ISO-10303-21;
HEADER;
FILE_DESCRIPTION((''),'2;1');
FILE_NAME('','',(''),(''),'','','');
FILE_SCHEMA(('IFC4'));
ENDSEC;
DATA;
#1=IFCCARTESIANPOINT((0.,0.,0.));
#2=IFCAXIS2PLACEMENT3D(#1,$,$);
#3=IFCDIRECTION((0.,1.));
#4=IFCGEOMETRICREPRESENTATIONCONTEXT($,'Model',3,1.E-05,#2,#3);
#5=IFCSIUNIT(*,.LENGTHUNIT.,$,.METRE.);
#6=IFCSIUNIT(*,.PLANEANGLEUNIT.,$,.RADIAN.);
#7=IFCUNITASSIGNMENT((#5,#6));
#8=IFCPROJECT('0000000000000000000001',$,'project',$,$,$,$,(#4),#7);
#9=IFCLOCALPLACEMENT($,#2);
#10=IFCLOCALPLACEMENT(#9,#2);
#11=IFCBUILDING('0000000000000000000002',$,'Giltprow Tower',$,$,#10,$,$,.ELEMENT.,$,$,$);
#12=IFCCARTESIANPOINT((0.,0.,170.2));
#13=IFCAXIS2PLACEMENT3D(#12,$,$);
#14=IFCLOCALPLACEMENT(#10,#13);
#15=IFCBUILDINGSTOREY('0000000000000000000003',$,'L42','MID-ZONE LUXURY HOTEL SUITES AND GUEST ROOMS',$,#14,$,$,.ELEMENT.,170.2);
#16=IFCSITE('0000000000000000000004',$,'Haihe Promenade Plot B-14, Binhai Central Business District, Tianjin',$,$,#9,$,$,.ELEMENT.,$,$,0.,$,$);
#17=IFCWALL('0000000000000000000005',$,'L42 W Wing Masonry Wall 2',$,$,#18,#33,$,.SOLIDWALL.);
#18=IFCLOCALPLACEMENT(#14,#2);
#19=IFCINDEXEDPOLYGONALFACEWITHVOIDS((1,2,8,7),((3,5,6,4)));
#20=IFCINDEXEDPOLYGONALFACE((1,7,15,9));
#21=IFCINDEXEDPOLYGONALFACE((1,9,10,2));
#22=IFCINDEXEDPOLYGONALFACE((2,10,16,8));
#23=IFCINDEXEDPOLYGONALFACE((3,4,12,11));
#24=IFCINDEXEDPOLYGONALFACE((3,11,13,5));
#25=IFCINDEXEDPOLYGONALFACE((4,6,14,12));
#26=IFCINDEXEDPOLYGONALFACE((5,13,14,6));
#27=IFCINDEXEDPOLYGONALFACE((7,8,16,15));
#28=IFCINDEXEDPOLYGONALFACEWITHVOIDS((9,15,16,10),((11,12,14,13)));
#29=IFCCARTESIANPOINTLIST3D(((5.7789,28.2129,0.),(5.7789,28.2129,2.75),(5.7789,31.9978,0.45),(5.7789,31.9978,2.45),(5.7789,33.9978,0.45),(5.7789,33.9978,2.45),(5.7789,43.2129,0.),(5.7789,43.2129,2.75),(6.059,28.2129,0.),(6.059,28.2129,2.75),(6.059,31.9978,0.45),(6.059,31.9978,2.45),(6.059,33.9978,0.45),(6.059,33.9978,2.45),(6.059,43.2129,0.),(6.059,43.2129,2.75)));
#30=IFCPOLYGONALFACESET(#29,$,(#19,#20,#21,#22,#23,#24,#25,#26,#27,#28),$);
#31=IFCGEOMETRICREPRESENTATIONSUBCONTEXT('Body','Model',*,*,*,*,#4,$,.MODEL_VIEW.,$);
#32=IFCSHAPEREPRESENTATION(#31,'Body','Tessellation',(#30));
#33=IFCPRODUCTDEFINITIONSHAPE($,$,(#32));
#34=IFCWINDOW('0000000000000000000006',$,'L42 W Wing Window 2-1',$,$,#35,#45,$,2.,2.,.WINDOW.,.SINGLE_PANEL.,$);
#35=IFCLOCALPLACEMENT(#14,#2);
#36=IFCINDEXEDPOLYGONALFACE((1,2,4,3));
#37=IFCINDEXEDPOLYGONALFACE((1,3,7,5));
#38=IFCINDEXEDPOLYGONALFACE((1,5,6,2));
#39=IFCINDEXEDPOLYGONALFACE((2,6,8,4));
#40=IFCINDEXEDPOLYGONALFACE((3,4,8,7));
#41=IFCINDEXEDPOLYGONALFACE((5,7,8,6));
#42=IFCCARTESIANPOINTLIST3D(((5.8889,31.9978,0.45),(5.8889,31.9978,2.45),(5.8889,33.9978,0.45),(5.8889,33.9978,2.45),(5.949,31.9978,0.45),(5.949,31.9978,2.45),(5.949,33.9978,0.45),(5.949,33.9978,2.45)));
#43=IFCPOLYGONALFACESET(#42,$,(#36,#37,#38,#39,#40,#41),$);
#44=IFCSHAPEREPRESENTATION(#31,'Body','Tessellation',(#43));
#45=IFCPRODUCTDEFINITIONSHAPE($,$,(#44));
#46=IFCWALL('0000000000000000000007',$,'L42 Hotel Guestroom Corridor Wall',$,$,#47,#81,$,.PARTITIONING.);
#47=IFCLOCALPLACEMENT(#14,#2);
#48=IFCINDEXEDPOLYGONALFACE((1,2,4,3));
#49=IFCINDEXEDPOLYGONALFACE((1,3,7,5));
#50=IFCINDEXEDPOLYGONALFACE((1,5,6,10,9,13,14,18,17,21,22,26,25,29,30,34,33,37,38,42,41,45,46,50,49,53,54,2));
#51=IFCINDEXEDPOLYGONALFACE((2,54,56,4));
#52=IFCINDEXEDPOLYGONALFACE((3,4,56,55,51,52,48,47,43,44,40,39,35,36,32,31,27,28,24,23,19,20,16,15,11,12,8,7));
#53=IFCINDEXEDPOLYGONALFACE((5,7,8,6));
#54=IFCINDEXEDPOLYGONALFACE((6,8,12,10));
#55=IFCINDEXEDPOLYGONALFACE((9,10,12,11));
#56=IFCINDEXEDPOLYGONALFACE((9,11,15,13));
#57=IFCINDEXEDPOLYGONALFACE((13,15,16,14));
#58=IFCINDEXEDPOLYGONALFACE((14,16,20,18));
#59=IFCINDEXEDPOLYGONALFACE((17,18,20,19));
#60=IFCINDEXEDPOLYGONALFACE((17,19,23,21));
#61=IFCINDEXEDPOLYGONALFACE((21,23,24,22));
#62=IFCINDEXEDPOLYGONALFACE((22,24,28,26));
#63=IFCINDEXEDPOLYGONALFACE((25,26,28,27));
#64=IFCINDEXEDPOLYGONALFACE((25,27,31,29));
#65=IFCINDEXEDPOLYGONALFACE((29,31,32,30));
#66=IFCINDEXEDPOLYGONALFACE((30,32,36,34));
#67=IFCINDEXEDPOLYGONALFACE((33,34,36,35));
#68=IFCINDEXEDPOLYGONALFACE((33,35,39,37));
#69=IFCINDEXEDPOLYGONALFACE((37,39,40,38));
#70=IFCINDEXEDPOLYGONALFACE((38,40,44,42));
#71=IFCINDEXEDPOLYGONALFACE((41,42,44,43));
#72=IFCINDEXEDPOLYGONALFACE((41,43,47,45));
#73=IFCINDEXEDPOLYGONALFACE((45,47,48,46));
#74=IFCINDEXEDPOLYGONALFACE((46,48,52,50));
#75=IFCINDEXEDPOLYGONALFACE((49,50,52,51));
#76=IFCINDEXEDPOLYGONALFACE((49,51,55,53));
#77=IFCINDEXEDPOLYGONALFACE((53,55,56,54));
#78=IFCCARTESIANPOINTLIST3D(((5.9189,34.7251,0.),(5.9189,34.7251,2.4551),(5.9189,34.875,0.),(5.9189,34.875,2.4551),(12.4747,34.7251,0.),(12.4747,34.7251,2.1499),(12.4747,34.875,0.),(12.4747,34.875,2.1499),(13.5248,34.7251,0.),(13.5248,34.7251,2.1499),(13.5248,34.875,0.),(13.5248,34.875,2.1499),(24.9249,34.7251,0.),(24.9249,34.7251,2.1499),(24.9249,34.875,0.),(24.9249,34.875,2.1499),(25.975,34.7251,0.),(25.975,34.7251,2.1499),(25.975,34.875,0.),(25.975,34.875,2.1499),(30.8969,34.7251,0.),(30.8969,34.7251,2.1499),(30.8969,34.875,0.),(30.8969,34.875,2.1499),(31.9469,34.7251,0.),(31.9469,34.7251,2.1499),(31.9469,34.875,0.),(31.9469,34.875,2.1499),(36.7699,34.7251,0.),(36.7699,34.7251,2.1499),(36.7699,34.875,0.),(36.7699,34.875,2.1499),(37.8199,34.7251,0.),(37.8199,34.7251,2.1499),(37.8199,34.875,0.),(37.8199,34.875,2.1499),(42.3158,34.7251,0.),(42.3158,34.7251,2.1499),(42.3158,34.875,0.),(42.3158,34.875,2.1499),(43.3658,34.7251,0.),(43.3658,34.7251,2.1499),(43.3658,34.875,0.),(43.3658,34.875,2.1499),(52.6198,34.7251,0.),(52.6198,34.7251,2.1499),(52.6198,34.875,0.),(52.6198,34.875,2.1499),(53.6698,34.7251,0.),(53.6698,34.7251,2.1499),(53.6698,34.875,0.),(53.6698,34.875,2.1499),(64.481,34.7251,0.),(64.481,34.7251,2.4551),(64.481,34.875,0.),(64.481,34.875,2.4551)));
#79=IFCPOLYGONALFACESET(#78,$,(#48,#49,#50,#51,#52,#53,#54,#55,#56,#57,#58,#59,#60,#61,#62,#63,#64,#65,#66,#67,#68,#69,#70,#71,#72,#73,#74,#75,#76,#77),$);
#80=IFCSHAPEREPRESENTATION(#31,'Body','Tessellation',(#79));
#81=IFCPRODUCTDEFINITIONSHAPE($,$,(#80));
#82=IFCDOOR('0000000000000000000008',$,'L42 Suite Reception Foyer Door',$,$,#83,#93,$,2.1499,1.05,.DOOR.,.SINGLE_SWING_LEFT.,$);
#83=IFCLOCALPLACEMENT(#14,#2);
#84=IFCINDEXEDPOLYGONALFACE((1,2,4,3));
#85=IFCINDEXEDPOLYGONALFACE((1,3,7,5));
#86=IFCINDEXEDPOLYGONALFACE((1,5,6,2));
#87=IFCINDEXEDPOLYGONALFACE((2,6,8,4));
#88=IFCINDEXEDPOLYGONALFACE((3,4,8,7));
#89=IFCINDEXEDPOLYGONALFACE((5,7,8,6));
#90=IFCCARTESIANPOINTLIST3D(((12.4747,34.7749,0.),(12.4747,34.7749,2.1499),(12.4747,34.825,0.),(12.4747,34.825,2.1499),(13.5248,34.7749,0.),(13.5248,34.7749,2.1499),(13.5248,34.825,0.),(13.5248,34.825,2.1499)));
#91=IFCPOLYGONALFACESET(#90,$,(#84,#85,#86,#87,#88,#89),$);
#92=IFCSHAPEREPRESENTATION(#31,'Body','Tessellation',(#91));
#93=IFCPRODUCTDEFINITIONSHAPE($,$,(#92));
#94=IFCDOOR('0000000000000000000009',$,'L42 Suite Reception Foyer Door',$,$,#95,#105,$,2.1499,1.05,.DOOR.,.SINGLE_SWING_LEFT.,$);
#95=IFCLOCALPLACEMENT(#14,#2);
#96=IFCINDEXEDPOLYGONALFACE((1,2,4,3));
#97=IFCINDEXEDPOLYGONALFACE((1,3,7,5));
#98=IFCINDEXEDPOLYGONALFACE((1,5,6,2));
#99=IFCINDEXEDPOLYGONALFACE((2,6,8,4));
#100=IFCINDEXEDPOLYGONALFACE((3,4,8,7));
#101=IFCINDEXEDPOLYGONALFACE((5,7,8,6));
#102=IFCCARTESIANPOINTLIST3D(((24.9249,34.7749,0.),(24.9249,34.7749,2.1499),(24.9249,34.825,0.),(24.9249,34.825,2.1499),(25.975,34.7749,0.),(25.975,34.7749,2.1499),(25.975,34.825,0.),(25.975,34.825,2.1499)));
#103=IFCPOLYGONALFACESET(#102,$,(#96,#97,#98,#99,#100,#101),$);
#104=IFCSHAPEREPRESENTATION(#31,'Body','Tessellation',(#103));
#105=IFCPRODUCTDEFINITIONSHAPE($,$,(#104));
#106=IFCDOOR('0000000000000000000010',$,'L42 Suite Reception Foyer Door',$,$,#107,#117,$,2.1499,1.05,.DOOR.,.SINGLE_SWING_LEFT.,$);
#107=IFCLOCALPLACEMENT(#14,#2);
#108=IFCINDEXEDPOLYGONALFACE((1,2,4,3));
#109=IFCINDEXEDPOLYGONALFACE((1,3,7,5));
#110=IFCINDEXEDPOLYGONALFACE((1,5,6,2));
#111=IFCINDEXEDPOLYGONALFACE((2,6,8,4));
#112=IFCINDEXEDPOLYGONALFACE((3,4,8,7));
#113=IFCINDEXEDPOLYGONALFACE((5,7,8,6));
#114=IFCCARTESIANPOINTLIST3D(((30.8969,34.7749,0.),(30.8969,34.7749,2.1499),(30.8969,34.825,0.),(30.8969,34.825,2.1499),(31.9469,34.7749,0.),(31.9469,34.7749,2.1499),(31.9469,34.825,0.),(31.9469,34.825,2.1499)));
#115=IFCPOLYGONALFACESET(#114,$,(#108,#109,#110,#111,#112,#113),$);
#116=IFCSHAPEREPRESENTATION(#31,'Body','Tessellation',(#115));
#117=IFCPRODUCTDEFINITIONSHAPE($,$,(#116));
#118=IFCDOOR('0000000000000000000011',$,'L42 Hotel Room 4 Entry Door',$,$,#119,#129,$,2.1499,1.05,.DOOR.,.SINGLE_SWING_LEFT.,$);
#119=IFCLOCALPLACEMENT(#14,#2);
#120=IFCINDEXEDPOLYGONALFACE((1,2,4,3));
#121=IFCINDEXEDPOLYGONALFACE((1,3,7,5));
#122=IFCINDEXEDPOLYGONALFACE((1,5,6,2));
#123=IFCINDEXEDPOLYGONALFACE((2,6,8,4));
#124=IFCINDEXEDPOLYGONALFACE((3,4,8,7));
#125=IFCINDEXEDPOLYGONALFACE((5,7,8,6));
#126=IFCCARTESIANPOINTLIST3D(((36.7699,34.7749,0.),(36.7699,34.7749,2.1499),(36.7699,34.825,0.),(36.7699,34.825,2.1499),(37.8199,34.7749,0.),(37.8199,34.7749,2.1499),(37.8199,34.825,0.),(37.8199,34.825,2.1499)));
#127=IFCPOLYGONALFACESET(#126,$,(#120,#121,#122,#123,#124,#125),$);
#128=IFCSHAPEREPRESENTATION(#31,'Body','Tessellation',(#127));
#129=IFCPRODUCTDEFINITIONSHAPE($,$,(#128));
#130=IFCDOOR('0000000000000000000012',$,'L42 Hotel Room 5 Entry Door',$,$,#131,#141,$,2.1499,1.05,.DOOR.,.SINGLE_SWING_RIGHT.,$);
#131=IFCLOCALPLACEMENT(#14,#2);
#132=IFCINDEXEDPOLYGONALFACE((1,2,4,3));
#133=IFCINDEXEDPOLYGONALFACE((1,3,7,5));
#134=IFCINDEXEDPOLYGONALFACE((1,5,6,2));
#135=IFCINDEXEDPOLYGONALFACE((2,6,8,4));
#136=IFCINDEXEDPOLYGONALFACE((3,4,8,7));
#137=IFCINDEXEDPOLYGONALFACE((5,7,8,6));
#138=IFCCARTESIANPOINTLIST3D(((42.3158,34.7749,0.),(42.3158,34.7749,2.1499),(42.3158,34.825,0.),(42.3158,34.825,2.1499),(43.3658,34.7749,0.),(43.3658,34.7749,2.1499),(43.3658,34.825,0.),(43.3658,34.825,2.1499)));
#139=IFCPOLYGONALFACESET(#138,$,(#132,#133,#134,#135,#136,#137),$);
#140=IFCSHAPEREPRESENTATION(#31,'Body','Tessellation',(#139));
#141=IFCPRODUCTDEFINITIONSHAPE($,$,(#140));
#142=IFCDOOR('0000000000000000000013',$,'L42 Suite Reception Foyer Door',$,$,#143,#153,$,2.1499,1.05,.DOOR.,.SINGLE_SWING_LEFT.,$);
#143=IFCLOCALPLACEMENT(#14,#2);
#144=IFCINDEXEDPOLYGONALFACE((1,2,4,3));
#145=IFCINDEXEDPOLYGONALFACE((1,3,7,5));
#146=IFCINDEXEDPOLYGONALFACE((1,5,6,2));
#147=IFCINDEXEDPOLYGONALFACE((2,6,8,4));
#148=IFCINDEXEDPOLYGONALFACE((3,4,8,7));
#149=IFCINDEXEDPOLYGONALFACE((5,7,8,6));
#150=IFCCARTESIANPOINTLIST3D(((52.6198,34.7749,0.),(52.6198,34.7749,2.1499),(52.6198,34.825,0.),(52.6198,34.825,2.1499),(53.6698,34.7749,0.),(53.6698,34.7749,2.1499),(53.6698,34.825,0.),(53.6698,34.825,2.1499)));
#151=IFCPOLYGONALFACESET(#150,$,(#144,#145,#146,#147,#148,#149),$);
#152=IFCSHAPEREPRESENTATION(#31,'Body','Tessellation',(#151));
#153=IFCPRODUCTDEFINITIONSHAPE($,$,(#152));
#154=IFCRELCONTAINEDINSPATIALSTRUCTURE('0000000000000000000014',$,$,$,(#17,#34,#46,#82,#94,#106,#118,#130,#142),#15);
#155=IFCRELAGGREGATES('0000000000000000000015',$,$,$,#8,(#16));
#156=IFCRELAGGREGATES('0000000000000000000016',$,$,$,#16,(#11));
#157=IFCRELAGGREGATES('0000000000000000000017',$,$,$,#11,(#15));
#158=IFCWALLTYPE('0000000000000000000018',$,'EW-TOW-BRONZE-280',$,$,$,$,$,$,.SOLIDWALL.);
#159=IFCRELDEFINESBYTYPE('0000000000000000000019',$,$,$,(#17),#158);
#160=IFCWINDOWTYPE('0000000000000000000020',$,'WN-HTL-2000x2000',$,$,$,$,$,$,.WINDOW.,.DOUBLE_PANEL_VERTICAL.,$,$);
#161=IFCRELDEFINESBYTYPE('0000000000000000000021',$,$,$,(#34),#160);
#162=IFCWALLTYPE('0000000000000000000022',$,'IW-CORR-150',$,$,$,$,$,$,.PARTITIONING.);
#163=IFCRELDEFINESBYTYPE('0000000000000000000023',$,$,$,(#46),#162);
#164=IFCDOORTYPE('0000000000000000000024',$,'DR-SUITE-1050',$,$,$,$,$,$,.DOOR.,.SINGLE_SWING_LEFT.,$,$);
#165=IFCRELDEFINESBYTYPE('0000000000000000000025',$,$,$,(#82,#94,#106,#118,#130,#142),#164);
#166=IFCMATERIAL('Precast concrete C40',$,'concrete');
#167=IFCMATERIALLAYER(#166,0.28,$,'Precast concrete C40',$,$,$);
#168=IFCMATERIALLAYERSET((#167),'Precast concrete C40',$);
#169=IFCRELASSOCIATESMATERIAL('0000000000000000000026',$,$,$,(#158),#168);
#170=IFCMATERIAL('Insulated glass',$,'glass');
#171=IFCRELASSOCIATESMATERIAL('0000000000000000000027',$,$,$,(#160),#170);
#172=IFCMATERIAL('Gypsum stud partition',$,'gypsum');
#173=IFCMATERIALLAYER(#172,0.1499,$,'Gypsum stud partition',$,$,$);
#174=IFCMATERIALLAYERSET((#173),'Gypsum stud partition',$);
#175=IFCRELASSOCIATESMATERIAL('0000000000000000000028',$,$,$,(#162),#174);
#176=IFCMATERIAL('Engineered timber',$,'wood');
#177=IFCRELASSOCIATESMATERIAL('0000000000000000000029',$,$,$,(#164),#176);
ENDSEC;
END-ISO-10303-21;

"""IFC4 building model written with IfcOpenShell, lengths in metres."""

from ifc_helpers import new_model, si_unit, direction, frame, frame_2d, origin, place, context, subcontext, project, spatial, rectangle, extrude, source, transform, mapped, material, layer, layer_set, type_object, element, fill, save


model = new_model("IFC4")

# Units and contexts
model_context = context("Model", 3, precision=1e-05, world=origin(), true_north=direction((0.0, 1.0)))
body_context = subcontext(model_context, "Body", "Model", "MODEL_VIEW")
ifc_project = project(units=[si_unit("LENGTHUNIT", "METRE"), si_unit("PLANEANGLEUNIT", "RADIAN")], contexts=[model_context])

# Site, building, storey
site_placement = place(None, origin())
site = spatial("IfcSite", under=ifc_project, at=site_placement, Name="Haihe Promenade Plot B-14, Binhai Central Business District, Tianjin", CompositionType="ELEMENT", RefElevation=0.0)
building_placement = place(site_placement, origin())
building = spatial("IfcBuilding", under=site, at=building_placement, Name="Giltprow Tower", CompositionType="ELEMENT")
storey_placement = place(building_placement, frame((0.0, 0.0, 170.2)))
storey = spatial("IfcBuildingStorey", under=building, at=storey_placement, Name="L42", Description="MID-ZONE LUXURY HOTEL SUITES AND GUEST ROOMS", CompositionType="ELEMENT", Elevation=170.2)

# Wall, opening, window
ifc_material_1 = material(Name="Precast concrete C40", Category="concrete")
ifc_layer_1 = layer(ifc_material_1, 0.28, Name="Precast concrete C40")
ifc_layer_set_1 = layer_set([ifc_layer_1], Name="Precast concrete C40")
wall_type_1 = type_object("IfcWallType", Name="EW-TOW-BRONZE-280", PredefinedType="SOLIDWALL", material=ifc_layer_set_1)
wall_1_placement = place(storey_placement, frame((5.9189, 28.2129, 0.0), z_axis=(0.0, 0.0, 1.0), x_axis=(0.0, 1.0, 0.0)))
wall_1 = element("IfcWall", 1, at=wall_1_placement, inside=storey, type_object=wall_type_1, Name="L42 W Wing Masonry Wall 2", PredefinedType="SOLIDWALL", context=body_context, shape_type="SweptSolid", body=[
    extrude(rectangle(XDim=15.0, YDim=0.28, at=frame_2d((7.5, 0.0))), origin(), (0.0, 0.0, 1.0), 2.75),
])
opening_1_placement = place(wall_1_placement, frame((3.7849, 0.0, 0.45)))
opening_1 = element("IfcOpeningElement", 2, at=opening_1_placement, cuts=wall_1, PredefinedType="OPENING", context=body_context, shape_type="SweptSolid", body=[
    extrude(rectangle(XDim=2.0, YDim=2.0, at=frame_2d((1.0, 1.0))), frame((0.0, 0.1499, 0.0), z_axis=(0.0, -1.0, 0.0), x_axis=(1.0, 0.0, 0.0)), (0.0, 0.0, 1.0), 0.3),
])
ifc_material_2 = material(Name="Insulated glass", Category="glass")
window_type = type_object("IfcWindowType", Name="WN-HTL-2000x2000", PartitioningType="DOUBLE_PANEL_VERTICAL", PredefinedType="WINDOW", material=ifc_material_2)
shared_shape_1 = source(origin(), body_context, "Body", "SweptSolid", [
    extrude(rectangle(XDim=2.0, YDim=2.0, at=frame_2d((1.0, 1.0))), frame((0.0, 0.03, 0.0), z_axis=(0.0, -1.0, 0.0), x_axis=(1.0, 0.0, 0.0)), (0.0, 0.0, 1.0), 0.0601),
])
window_placement = place(opening_1_placement, origin())
window = element("IfcWindow", 3, at=window_placement, inside=storey, type_object=window_type, Name="L42 W Wing Window 2-1", OverallHeight=2.0, OverallWidth=2.0, PartitioningType="SINGLE_PANEL", PredefinedType="WINDOW", context=body_context, shape_type="MappedRepresentation", body=[
    mapped(shared_shape_1, transform((0.0, 0.0, 0.0), x_axis=(1.0, 0.0, 0.0), y_axis=(0.0, 1.0, 0.0), z_axis=(0.0, 0.0, 1.0), scale=1.0)),
])
fill(opening_1, window)

# Wall, openings, doors
ifc_material_3 = material(Name="Gypsum stud partition", Category="gypsum")
ifc_layer_2 = layer(ifc_material_3, 0.1499, Name="Gypsum stud partition")
ifc_layer_set_2 = layer_set([ifc_layer_2], Name="Gypsum stud partition")
wall_type_2 = type_object("IfcWallType", Name="IW-CORR-150", PredefinedType="PARTITIONING", material=ifc_layer_set_2)
wall_2_placement = place(storey_placement, frame((5.9189, 34.8, 0.0), z_axis=(0.0, 0.0, 1.0), x_axis=(1.0, 0.0, 0.0)))
wall_2 = element("IfcWall", 4, at=wall_2_placement, inside=storey, type_object=wall_type_2, Name="L42 Hotel Guestroom Corridor Wall", PredefinedType="PARTITIONING", context=body_context, shape_type="SweptSolid", body=[
    extrude(rectangle(XDim=58.562, YDim=0.1499, at=frame_2d((29.281, 0.0))), origin(), (0.0, 0.0, 1.0), 2.4551),
])
opening_2_placement = place(wall_2_placement, frame((6.5559, 0.0, 0.0)))
opening_2 = element("IfcOpeningElement", 5, at=opening_2_placement, cuts=wall_2, PredefinedType="OPENING", context=body_context, shape_type="SweptSolid", body=[
    extrude(rectangle(XDim=1.05, YDim=2.1499, at=frame_2d((0.5249, 1.075))), frame((0.0, 0.085, 0.0), z_axis=(0.0, -1.0, 0.0), x_axis=(1.0, 0.0, 0.0)), (0.0, 0.0, 1.0), 0.1699),
])
opening_3_placement = place(wall_2_placement, frame((19.0061, 0.0, 0.0)))
opening_3 = element("IfcOpeningElement", 6, at=opening_3_placement, cuts=wall_2, PredefinedType="OPENING", context=body_context, shape_type="SweptSolid", body=[
    extrude(rectangle(XDim=1.05, YDim=2.1499, at=frame_2d((0.5249, 1.075))), frame((0.0, 0.085, 0.0), z_axis=(0.0, -1.0, 0.0), x_axis=(1.0, 0.0, 0.0)), (0.0, 0.0, 1.0), 0.1699),
])
opening_4_placement = place(wall_2_placement, frame((24.978, 0.0, 0.0)))
opening_4 = element("IfcOpeningElement", 7, at=opening_4_placement, cuts=wall_2, PredefinedType="OPENING", context=body_context, shape_type="SweptSolid", body=[
    extrude(rectangle(XDim=1.05, YDim=2.1499, at=frame_2d((0.5249, 1.075))), frame((0.0, 0.085, 0.0), z_axis=(0.0, -1.0, 0.0), x_axis=(1.0, 0.0, 0.0)), (0.0, 0.0, 1.0), 0.1699),
])
opening_5_placement = place(wall_2_placement, frame((30.8511, 0.0, 0.0)))
opening_5 = element("IfcOpeningElement", 8, at=opening_5_placement, cuts=wall_2, PredefinedType="OPENING", context=body_context, shape_type="SweptSolid", body=[
    extrude(rectangle(XDim=1.05, YDim=2.1499, at=frame_2d((0.5249, 1.075))), frame((0.0, 0.085, 0.0), z_axis=(0.0, -1.0, 0.0), x_axis=(1.0, 0.0, 0.0)), (0.0, 0.0, 1.0), 0.1699),
])
opening_6_placement = place(wall_2_placement, frame((36.397, 0.0, 0.0)))
opening_6 = element("IfcOpeningElement", 9, at=opening_6_placement, cuts=wall_2, PredefinedType="OPENING", context=body_context, shape_type="SweptSolid", body=[
    extrude(rectangle(XDim=1.05, YDim=2.1499, at=frame_2d((0.5249, 1.075))), frame((0.0, 0.085, 0.0), z_axis=(0.0, -1.0, 0.0), x_axis=(1.0, 0.0, 0.0)), (0.0, 0.0, 1.0), 0.1699),
])
opening_7_placement = place(wall_2_placement, frame((46.7009, 0.0, 0.0)))
opening_7 = element("IfcOpeningElement", 10, at=opening_7_placement, cuts=wall_2, PredefinedType="OPENING", context=body_context, shape_type="SweptSolid", body=[
    extrude(rectangle(XDim=1.05, YDim=2.1499, at=frame_2d((0.5249, 1.075))), frame((0.0, 0.085, 0.0), z_axis=(0.0, -1.0, 0.0), x_axis=(1.0, 0.0, 0.0)), (0.0, 0.0, 1.0), 0.1699),
])
ifc_material_4 = material(Name="Engineered timber", Category="wood")
door_type_1 = type_object("IfcDoorType", Name="DR-SUITE-1050", OperationType="SINGLE_SWING_LEFT", PredefinedType="DOOR", material=ifc_material_4)
shared_shape_2 = source(origin(), body_context, "Body", "SweptSolid", [
    extrude(rectangle(XDim=1.05, YDim=2.1499, at=frame_2d((0.5249, 1.075))), frame((0.0, 0.0249, 0.0), z_axis=(0.0, -1.0, 0.0), x_axis=(1.0, 0.0, 0.0)), (0.0, 0.0, 1.0), 0.05),
])
door_1_placement = place(opening_2_placement, origin())
door_1 = element("IfcDoor", 11, at=door_1_placement, inside=storey, type_object=door_type_1, Name="L42 Suite Reception Foyer Door", OperationType="SINGLE_SWING_LEFT", OverallHeight=2.1499, OverallWidth=1.05, PredefinedType="DOOR", context=body_context, shape_type="MappedRepresentation", body=[
    mapped(shared_shape_2, transform((0.0, 0.0, 0.0), x_axis=(1.0, 0.0, 0.0), y_axis=(0.0, 1.0, 0.0), z_axis=(0.0, 0.0, 1.0), scale=1.0)),
])
fill(opening_2, door_1)
door_2_placement = place(opening_3_placement, origin())
door_2 = element("IfcDoor", 12, at=door_2_placement, inside=storey, type_object=door_type_1, Name="L42 Suite Reception Foyer Door", OperationType="SINGLE_SWING_LEFT", OverallHeight=2.1499, OverallWidth=1.05, PredefinedType="DOOR", context=body_context, shape_type="MappedRepresentation", body=[
    mapped(shared_shape_2, transform((0.0, 0.0, 0.0), x_axis=(1.0, 0.0, 0.0), y_axis=(0.0, 1.0, 0.0), z_axis=(0.0, 0.0, 1.0), scale=1.0)),
])
fill(opening_3, door_2)
door_3_placement = place(opening_4_placement, origin())
door_3 = element("IfcDoor", 13, at=door_3_placement, inside=storey, type_object=door_type_1, Name="L42 Suite Reception Foyer Door", OperationType="SINGLE_SWING_LEFT", OverallHeight=2.1499, OverallWidth=1.05, PredefinedType="DOOR", context=body_context, shape_type="MappedRepresentation", body=[
    mapped(shared_shape_2, transform((0.0, 0.0, 0.0), x_axis=(1.0, 0.0, 0.0), y_axis=(0.0, 1.0, 0.0), z_axis=(0.0, 0.0, 1.0), scale=1.0)),
])
fill(opening_4, door_3)
door_4_placement = place(opening_5_placement, origin())
door_4 = element("IfcDoor", 14, at=door_4_placement, inside=storey, type_object=door_type_1, Name="L42 Hotel Room 4 Entry Door", OperationType="SINGLE_SWING_LEFT", OverallHeight=2.1499, OverallWidth=1.05, PredefinedType="DOOR", context=body_context, shape_type="MappedRepresentation", body=[
    mapped(shared_shape_2, transform((0.0, 0.0, 0.0), x_axis=(1.0, 0.0, 0.0), y_axis=(0.0, 1.0, 0.0), z_axis=(0.0, 0.0, 1.0), scale=1.0)),
])
fill(opening_5, door_4)
door_5_placement = place(opening_6_placement, origin())
door_5 = element("IfcDoor", 15, at=door_5_placement, inside=storey, type_object=door_type_1, Name="L42 Hotel Room 5 Entry Door", OperationType="SINGLE_SWING_RIGHT", OverallHeight=2.1499, OverallWidth=1.05, PredefinedType="DOOR", context=body_context, shape_type="MappedRepresentation", body=[
    mapped(shared_shape_2, transform((0.0, 0.0, 0.0), x_axis=(1.0, 0.0, 0.0), y_axis=(0.0, 1.0, 0.0), z_axis=(0.0, 0.0, 1.0), scale=1.0)),
])
fill(opening_6, door_5)
door_6_placement = place(opening_7_placement, origin())
door_6 = element("IfcDoor", 16, at=door_6_placement, inside=storey, type_object=door_type_1, Name="L42 Suite Reception Foyer Door", OperationType="SINGLE_SWING_LEFT", OverallHeight=2.1499, OverallWidth=1.05, PredefinedType="DOOR", context=body_context, shape_type="MappedRepresentation", body=[
    mapped(shared_shape_2, transform((0.0, 0.0, 0.0), x_axis=(1.0, 0.0, 0.0), y_axis=(0.0, 1.0, 0.0), z_axis=(0.0, 0.0, 1.0), scale=1.0)),
])
fill(opening_7, door_6)

save(model, "model.ifc")
